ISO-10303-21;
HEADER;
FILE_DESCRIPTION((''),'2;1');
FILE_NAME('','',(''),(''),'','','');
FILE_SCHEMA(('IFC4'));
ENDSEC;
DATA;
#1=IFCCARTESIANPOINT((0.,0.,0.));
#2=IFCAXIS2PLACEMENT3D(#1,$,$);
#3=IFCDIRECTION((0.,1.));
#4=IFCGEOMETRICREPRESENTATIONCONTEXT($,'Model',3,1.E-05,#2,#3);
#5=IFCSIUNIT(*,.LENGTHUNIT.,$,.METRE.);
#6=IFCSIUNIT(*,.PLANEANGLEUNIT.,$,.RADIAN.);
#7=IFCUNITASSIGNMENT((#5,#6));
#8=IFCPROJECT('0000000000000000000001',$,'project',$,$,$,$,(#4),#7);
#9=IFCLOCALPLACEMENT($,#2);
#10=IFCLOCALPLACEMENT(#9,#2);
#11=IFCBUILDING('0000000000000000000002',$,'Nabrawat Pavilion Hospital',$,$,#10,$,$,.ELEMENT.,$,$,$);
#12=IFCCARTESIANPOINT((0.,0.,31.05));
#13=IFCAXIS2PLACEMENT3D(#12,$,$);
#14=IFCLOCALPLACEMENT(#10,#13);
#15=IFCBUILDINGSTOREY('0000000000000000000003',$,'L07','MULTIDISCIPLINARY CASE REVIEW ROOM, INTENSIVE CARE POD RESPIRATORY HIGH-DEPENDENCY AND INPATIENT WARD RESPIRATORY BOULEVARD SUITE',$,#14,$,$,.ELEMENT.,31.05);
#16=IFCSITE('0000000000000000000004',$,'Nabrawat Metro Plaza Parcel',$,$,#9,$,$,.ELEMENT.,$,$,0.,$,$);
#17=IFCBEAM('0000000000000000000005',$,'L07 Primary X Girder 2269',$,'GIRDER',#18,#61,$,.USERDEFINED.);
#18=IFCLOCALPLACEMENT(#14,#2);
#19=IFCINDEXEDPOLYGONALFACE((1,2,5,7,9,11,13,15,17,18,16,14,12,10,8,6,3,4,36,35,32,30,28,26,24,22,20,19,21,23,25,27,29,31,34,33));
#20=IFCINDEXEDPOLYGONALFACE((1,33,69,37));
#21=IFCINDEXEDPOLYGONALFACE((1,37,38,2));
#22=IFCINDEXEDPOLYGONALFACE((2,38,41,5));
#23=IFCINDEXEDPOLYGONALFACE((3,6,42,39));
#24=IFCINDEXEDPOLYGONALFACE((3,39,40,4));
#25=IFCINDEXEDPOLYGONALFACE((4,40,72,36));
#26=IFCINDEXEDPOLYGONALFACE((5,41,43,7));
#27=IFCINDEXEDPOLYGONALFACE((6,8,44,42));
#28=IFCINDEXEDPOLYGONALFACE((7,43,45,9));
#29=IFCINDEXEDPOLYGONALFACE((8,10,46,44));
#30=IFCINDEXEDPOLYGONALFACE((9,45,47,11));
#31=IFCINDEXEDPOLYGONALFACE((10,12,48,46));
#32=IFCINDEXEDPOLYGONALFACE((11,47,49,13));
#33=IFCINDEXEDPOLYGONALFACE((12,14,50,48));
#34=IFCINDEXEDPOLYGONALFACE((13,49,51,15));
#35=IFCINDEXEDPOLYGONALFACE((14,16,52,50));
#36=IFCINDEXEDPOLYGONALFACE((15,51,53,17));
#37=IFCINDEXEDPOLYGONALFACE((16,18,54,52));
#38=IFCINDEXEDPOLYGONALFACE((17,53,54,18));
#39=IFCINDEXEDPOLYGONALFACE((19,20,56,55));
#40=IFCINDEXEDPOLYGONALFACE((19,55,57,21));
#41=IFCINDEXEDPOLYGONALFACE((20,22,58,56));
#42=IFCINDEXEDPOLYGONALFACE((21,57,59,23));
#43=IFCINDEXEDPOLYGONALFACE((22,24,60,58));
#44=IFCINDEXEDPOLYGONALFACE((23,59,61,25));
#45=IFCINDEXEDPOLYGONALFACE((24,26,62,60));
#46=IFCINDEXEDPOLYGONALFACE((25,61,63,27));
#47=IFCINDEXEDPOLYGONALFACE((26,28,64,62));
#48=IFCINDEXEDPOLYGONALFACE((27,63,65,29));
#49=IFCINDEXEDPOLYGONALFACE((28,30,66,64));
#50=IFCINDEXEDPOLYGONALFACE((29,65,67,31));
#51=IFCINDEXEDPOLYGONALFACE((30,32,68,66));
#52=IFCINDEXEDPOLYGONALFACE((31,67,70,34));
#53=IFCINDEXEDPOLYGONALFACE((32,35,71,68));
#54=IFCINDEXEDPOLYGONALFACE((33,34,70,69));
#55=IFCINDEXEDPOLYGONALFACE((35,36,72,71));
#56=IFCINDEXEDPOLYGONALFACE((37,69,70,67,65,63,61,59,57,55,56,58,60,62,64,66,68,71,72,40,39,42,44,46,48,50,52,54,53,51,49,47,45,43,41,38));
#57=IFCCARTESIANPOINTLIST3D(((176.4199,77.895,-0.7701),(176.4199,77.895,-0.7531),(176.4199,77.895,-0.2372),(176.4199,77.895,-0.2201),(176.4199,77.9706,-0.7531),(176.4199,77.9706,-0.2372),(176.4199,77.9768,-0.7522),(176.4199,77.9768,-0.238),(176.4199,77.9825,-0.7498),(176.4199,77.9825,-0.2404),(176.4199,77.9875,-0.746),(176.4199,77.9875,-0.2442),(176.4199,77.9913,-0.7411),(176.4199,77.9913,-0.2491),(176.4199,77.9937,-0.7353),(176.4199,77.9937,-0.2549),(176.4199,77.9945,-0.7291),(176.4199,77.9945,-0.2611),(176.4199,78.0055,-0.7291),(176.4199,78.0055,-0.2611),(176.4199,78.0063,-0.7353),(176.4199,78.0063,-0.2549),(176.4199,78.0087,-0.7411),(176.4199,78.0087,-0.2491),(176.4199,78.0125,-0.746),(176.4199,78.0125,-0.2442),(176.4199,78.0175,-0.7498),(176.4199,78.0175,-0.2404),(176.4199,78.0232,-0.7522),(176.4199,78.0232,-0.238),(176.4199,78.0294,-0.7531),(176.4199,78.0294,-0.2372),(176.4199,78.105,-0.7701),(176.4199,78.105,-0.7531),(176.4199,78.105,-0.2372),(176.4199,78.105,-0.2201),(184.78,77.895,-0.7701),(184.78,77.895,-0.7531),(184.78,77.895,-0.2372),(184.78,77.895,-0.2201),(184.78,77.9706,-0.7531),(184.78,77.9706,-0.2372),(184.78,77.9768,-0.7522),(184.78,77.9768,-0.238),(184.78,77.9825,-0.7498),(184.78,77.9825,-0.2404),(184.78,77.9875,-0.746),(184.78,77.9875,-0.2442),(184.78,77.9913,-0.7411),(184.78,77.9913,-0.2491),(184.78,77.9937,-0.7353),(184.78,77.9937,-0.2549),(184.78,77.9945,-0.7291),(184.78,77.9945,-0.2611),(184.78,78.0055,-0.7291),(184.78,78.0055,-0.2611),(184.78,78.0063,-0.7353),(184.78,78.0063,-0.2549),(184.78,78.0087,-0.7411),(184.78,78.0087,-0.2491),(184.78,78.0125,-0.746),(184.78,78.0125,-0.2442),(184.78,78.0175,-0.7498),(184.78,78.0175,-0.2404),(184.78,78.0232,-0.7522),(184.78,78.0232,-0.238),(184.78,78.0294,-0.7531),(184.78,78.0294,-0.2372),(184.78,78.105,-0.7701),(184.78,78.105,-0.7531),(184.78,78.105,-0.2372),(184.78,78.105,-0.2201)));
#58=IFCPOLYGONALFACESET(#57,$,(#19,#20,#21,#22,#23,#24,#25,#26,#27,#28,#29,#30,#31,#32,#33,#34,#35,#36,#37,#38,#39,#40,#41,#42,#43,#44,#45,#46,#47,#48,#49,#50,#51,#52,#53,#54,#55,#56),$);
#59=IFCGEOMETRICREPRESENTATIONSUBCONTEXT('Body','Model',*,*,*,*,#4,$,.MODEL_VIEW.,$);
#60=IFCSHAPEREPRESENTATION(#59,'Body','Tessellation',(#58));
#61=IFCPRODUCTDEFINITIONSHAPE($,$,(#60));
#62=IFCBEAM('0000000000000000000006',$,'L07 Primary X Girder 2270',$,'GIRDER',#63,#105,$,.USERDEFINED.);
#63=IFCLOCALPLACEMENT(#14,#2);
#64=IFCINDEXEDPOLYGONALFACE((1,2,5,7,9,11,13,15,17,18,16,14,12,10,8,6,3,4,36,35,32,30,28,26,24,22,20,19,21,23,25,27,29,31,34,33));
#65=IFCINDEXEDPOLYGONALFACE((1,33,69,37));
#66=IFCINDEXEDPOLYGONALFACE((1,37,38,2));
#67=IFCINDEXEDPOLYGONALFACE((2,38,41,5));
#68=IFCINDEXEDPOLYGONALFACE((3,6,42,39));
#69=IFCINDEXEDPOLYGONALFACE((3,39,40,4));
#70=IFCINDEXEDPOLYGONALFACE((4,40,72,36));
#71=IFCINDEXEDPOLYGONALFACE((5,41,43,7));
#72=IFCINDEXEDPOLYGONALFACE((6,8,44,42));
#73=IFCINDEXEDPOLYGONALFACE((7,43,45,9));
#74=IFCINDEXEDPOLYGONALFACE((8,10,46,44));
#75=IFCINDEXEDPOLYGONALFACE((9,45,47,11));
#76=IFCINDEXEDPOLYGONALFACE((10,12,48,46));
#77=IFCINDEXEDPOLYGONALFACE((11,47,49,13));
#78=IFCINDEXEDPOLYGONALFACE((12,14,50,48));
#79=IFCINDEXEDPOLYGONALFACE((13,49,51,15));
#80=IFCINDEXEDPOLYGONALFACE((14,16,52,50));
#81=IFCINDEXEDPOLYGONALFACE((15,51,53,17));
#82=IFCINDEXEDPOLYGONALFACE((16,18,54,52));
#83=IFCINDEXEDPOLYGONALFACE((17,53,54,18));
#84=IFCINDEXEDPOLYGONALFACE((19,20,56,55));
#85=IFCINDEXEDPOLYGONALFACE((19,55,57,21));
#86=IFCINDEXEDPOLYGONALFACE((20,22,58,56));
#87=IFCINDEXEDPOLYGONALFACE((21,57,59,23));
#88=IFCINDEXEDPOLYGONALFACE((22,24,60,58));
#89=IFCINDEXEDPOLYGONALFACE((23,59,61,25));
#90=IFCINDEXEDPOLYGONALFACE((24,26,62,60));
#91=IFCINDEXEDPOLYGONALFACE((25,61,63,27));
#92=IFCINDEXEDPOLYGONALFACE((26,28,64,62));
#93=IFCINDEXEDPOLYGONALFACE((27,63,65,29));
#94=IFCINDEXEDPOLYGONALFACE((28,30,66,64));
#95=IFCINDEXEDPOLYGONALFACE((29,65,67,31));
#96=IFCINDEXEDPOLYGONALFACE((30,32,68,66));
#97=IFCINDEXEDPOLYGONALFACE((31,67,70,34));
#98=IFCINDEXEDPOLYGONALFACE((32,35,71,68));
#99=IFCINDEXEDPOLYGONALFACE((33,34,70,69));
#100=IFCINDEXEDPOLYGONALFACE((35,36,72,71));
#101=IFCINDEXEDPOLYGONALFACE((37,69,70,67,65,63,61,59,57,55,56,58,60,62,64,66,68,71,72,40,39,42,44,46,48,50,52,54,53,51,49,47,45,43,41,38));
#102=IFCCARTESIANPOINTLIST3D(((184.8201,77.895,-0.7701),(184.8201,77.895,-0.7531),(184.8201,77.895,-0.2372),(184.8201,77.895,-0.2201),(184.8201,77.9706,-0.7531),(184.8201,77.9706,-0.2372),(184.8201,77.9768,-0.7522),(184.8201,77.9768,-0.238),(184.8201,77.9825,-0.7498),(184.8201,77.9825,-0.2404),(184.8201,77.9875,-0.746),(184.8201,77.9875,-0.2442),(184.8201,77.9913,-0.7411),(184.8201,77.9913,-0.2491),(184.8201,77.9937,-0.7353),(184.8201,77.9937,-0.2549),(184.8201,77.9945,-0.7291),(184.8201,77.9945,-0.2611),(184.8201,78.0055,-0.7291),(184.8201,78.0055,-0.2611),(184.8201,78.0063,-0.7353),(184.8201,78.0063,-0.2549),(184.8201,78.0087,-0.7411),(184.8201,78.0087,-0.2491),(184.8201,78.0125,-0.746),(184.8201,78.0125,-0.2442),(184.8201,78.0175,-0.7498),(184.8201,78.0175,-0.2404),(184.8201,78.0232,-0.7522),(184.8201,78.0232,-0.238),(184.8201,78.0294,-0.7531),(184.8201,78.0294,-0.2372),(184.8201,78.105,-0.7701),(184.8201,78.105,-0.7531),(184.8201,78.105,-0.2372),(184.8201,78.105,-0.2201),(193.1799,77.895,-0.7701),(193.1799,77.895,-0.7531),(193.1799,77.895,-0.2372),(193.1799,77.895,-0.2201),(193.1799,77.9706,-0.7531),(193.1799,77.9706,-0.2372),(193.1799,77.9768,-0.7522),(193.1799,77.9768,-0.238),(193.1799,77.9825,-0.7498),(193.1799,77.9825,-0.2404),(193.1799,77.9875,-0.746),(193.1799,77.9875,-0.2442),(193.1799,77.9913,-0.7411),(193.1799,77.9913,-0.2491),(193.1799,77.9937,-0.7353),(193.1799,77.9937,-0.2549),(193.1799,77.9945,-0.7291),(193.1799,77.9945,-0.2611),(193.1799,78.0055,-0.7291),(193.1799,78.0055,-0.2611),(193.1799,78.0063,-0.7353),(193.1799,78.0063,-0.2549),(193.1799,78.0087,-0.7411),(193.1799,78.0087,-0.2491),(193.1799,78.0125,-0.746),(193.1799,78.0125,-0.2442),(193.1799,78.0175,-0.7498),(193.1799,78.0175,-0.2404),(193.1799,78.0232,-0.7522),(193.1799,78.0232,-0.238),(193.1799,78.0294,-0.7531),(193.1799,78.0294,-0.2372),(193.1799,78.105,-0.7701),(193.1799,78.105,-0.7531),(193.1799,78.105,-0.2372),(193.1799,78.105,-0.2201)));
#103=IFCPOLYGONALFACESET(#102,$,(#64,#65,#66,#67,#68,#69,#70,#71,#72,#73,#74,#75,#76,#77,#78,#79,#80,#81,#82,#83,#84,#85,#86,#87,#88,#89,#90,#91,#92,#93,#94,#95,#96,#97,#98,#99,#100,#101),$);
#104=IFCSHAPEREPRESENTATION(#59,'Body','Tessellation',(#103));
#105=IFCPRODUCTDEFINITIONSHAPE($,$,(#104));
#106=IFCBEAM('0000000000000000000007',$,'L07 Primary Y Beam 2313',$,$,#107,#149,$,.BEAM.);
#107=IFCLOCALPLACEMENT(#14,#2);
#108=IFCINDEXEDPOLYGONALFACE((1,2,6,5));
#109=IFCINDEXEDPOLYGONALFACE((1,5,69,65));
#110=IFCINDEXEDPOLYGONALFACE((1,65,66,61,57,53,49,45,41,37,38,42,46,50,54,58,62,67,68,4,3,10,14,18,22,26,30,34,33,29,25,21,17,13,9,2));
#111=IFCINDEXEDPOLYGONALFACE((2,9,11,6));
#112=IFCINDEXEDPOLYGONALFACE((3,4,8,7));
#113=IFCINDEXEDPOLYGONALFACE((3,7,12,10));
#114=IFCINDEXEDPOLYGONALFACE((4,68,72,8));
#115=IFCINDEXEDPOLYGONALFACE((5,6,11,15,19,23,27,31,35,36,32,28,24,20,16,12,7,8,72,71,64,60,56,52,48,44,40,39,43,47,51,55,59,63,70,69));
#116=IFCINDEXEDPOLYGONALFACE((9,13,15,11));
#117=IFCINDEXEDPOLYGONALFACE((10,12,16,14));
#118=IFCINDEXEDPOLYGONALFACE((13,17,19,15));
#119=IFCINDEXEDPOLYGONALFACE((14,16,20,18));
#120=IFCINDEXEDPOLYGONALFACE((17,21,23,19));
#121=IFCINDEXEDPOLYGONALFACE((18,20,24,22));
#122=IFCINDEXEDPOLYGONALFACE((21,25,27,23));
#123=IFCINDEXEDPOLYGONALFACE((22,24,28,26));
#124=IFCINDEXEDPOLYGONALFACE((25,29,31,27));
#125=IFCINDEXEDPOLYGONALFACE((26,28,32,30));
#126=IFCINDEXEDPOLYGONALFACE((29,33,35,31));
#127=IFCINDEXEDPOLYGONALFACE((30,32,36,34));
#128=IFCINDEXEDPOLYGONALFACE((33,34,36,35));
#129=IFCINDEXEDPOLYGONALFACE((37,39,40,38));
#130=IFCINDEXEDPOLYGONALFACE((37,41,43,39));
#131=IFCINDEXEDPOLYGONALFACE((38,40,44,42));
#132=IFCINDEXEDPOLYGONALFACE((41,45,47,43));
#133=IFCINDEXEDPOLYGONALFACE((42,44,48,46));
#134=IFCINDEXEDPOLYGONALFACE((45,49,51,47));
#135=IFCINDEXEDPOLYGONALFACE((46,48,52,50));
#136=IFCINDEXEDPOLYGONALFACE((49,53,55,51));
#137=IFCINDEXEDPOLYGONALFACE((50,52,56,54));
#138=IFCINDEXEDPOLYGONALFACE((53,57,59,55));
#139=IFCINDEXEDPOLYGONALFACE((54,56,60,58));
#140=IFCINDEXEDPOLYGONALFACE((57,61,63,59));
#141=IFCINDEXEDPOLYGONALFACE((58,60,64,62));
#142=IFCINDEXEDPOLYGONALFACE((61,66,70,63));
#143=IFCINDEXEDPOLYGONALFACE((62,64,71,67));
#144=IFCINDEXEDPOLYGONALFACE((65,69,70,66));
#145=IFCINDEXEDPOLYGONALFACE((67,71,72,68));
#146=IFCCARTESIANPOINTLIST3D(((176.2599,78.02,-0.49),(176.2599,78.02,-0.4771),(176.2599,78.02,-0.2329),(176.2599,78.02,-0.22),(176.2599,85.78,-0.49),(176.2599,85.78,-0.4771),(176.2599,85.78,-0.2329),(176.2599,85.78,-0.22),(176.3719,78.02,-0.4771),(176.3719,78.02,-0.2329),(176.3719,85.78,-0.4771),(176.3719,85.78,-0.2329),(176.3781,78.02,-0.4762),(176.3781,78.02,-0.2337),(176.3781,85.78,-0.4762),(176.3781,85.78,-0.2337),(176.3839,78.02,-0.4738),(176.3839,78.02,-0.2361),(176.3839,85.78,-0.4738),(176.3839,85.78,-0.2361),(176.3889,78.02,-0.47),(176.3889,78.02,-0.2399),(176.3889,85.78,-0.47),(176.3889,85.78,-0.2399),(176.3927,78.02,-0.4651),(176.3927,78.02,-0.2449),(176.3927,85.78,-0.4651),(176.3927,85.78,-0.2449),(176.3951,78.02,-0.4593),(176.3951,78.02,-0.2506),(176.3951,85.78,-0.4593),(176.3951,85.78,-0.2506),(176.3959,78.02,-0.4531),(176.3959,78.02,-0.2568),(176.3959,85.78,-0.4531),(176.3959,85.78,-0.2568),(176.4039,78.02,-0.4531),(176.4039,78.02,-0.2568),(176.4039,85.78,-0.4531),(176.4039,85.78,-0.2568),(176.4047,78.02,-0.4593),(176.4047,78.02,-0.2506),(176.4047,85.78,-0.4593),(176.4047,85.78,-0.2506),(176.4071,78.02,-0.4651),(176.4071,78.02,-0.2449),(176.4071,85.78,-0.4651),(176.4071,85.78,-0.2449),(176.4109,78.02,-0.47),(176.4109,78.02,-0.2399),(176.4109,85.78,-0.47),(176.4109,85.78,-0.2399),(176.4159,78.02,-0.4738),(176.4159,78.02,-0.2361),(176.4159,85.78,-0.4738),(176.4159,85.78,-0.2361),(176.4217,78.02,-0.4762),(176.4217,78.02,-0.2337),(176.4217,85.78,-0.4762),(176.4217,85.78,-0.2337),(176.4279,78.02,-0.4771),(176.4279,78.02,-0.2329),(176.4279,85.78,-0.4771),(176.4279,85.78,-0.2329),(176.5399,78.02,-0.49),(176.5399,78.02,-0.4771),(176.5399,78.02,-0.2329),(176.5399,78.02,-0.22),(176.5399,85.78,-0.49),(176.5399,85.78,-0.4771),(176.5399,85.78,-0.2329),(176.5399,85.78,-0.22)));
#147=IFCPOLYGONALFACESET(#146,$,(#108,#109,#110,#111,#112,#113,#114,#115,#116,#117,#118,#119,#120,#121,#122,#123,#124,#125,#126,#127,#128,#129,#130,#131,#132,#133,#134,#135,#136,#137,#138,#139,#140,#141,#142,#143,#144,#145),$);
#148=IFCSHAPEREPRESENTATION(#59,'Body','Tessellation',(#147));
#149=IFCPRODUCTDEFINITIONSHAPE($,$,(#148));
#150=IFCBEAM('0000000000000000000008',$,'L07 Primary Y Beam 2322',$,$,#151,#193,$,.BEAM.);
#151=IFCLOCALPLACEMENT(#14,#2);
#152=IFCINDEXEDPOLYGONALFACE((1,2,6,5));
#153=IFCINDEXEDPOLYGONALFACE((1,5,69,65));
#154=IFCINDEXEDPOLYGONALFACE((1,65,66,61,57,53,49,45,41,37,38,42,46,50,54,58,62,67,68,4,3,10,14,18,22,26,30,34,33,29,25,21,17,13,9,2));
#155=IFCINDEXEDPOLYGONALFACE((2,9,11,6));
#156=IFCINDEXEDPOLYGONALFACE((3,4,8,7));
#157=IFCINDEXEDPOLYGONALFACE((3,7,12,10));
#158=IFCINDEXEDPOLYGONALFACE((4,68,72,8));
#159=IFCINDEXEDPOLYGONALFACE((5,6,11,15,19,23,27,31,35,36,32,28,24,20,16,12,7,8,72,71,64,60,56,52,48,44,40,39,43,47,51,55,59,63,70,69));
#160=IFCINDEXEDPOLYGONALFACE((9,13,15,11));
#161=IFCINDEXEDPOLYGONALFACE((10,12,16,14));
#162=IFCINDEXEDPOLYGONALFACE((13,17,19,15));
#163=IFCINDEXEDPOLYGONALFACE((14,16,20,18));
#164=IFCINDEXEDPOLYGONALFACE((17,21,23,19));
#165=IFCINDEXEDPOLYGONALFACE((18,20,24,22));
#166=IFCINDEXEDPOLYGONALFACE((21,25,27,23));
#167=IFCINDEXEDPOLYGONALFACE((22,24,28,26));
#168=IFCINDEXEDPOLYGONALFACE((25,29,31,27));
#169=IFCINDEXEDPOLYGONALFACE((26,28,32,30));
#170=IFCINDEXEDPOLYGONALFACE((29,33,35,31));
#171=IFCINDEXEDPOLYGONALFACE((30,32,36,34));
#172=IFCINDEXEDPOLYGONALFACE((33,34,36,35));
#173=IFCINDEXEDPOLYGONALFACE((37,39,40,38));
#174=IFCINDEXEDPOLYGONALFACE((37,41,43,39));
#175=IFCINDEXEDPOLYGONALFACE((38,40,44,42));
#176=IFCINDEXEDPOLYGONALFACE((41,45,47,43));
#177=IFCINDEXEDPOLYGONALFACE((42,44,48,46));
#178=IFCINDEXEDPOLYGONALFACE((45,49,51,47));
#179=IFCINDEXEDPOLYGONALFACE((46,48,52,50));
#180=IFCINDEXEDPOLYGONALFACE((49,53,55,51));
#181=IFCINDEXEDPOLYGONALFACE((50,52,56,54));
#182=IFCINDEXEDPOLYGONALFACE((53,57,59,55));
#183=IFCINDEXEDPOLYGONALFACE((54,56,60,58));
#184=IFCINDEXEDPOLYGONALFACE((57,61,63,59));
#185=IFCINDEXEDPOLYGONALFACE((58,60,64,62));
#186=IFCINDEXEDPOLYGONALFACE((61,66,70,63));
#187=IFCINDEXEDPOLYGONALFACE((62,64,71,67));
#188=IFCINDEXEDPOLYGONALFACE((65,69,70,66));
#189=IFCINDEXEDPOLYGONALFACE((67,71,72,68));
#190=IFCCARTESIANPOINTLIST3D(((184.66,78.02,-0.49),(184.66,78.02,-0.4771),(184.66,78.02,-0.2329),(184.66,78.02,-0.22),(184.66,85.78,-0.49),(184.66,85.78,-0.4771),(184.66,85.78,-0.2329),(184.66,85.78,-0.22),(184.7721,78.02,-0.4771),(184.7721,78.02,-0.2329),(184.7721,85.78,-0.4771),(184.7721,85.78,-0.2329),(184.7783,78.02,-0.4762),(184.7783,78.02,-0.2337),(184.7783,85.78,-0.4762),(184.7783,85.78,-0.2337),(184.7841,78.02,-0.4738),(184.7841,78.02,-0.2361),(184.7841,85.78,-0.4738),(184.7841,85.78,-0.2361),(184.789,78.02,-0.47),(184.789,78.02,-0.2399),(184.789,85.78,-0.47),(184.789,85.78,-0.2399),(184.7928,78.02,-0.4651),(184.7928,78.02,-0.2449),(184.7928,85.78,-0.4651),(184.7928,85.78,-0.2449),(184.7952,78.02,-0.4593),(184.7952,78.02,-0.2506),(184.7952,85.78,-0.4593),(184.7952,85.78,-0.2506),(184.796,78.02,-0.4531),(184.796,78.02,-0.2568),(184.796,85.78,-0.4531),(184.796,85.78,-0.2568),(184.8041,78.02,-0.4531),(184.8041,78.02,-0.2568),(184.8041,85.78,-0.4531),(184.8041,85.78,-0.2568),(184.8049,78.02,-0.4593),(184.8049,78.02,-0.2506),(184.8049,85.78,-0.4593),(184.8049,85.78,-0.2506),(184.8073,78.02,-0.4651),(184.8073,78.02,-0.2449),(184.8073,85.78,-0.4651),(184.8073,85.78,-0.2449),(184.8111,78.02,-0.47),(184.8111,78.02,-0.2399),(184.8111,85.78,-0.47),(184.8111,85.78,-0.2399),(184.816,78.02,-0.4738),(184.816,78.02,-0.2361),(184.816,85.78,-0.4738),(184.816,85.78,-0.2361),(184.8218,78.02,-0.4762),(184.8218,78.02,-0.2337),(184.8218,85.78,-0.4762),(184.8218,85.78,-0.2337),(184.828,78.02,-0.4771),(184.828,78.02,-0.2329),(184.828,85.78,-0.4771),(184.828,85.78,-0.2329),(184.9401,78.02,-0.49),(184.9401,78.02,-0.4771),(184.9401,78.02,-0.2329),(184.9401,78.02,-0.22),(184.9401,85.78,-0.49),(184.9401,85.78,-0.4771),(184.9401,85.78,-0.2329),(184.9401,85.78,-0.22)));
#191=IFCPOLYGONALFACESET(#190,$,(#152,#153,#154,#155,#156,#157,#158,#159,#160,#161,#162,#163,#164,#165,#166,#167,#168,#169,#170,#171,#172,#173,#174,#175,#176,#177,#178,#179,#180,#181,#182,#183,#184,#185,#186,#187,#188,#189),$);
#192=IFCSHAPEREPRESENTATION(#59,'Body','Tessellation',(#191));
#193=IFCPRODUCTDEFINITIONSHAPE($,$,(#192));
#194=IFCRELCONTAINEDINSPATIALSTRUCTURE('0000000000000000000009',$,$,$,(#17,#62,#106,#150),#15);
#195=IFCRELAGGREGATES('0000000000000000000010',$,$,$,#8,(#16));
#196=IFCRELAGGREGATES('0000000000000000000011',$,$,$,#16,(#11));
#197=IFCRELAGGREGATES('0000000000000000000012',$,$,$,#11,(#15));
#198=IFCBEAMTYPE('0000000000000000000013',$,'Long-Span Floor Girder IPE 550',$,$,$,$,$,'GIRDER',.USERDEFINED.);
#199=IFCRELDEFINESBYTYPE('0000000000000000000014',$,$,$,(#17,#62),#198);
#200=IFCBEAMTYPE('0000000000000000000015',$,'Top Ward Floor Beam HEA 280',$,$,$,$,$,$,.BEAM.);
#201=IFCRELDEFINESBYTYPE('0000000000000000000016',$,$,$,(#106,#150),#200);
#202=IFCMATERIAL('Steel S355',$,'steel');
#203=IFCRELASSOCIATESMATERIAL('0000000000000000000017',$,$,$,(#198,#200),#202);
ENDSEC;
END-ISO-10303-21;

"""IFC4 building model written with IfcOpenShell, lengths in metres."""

from ifc_helpers import new_model, si_unit, direction, frame, origin, origin_2d, place, context, subcontext, project, spatial, i_section, extrude, material, material_profile, profile_set, type_object, element, save


model = new_model("IFC4")

# Units and contexts
model_context = context("Model", 3, precision=1e-05, world=origin(), true_north=direction((0.0, 1.0)))
body_context = subcontext(model_context, "Body", "Model", "MODEL_VIEW")
ifc_project = project(units=[si_unit("LENGTHUNIT", "METRE"), si_unit("PLANEANGLEUNIT", "RADIAN")], contexts=[model_context])

# Site, building, storey
site_placement = place(None, origin())
site = spatial("IfcSite", under=ifc_project, at=site_placement, Name="Nabrawat Metro Plaza Parcel", CompositionType="ELEMENT", RefElevation=0.0)
building_placement = place(site_placement, origin())
building = spatial("IfcBuilding", under=site, at=building_placement, Name="Nabrawat Pavilion Hospital", CompositionType="ELEMENT")
storey_placement = place(building_placement, frame((0.0, 0.0, 31.05)))
storey = spatial("IfcBuildingStorey", under=building, at=storey_placement, Name="L07", Description="MULTIDISCIPLINARY CASE REVIEW ROOM, INTENSIVE CARE POD RESPIRATORY HIGH-DEPENDENCY AND INPATIENT WARD RESPIRATORY BOULEVARD SUITE", CompositionType="ELEMENT", Elevation=31.05)

# Shared definitions
ifc_material_1 = material(Name="Steel S355", Category="steel")

# Beams
ifc_material_profile_1 = material_profile(ifc_material_1, i_section(OverallWidth=0.21, OverallDepth=0.55, WebThickness=0.011, FlangeThickness=0.0171, FilletRadius=0.0239, at=origin_2d()), Name="IPE 550")
ifc_profile_set_1 = profile_set([ifc_material_profile_1], Name="Steel S355")
beam_type_1 = type_object("IfcBeamType", Name="Long-Span Floor Girder IPE 550", ElementType="GIRDER", PredefinedType="USERDEFINED", material=ifc_profile_set_1)
beam_1_placement = place(storey_placement, frame((176.4199, 78.0, -0.4951), z_axis=(1.0, 0.0, 0.0), x_axis=(0.0, 1.0, 0.0)))
element("IfcBeam", 1, at=beam_1_placement, inside=storey, type_object=beam_type_1, Name="L07 Primary X Girder 2269", ObjectType="GIRDER", PredefinedType="USERDEFINED", context=body_context, shape_type="SweptSolid", body=[
    extrude(i_section(OverallWidth=0.21, OverallDepth=0.55, WebThickness=0.011, FlangeThickness=0.0171, FilletRadius=0.0239, at=origin_2d()), origin(), (0.0, 0.0, 1.0), 8.3601),
])
beam_2_placement = place(storey_placement, frame((184.8201, 78.0, -0.4951), z_axis=(1.0, 0.0, 0.0), x_axis=(0.0, 1.0, 0.0)))
element("IfcBeam", 2, at=beam_2_placement, inside=storey, type_object=beam_type_1, Name="L07 Primary X Girder 2270", ObjectType="GIRDER", PredefinedType="USERDEFINED", context=body_context, shape_type="SweptSolid", body=[
    extrude(i_section(OverallWidth=0.21, OverallDepth=0.55, WebThickness=0.011, FlangeThickness=0.0171, FilletRadius=0.0239, at=origin_2d()), origin(), (0.0, 0.0, 1.0), 8.3599),
])
ifc_material_profile_2 = material_profile(ifc_material_1, i_section(OverallWidth=0.28, OverallDepth=0.27, WebThickness=0.0081, FlangeThickness=0.0129, FilletRadius=0.0239, at=origin_2d()), Name="HEA 280")
ifc_profile_set_2 = profile_set([ifc_material_profile_2], Name="Steel S355")
beam_type_2 = type_object("IfcBeamType", Name="Top Ward Floor Beam HEA 280", PredefinedType="BEAM", material=ifc_profile_set_2)
for number, where, z_axis, x_axis, name in (
    (3, (176.3999, 78.02, -0.355), (0.0, 1.0, 0.0), (-1.0, 0.0, 0.0), "L07 Primary Y Beam 2313"),
    (4, (184.8, 78.02, -0.355), (0.0, 1.0, 0.0), (-1.0, 0.0, 0.0), "L07 Primary Y Beam 2322"),
):
    element("IfcBeam", number, at=place(storey_placement, frame(where, z_axis=z_axis, x_axis=x_axis)), inside=storey, type_object=beam_type_2, Name=name, PredefinedType="BEAM", context=body_context, shape_type="SweptSolid", body=[
        extrude(i_section(OverallWidth=0.28, OverallDepth=0.27, WebThickness=0.0081, FlangeThickness=0.0129, FilletRadius=0.0239, at=origin_2d()), origin(), (0.0, 0.0, 1.0), 7.76),
    ])

save(model, "model.ifc")
